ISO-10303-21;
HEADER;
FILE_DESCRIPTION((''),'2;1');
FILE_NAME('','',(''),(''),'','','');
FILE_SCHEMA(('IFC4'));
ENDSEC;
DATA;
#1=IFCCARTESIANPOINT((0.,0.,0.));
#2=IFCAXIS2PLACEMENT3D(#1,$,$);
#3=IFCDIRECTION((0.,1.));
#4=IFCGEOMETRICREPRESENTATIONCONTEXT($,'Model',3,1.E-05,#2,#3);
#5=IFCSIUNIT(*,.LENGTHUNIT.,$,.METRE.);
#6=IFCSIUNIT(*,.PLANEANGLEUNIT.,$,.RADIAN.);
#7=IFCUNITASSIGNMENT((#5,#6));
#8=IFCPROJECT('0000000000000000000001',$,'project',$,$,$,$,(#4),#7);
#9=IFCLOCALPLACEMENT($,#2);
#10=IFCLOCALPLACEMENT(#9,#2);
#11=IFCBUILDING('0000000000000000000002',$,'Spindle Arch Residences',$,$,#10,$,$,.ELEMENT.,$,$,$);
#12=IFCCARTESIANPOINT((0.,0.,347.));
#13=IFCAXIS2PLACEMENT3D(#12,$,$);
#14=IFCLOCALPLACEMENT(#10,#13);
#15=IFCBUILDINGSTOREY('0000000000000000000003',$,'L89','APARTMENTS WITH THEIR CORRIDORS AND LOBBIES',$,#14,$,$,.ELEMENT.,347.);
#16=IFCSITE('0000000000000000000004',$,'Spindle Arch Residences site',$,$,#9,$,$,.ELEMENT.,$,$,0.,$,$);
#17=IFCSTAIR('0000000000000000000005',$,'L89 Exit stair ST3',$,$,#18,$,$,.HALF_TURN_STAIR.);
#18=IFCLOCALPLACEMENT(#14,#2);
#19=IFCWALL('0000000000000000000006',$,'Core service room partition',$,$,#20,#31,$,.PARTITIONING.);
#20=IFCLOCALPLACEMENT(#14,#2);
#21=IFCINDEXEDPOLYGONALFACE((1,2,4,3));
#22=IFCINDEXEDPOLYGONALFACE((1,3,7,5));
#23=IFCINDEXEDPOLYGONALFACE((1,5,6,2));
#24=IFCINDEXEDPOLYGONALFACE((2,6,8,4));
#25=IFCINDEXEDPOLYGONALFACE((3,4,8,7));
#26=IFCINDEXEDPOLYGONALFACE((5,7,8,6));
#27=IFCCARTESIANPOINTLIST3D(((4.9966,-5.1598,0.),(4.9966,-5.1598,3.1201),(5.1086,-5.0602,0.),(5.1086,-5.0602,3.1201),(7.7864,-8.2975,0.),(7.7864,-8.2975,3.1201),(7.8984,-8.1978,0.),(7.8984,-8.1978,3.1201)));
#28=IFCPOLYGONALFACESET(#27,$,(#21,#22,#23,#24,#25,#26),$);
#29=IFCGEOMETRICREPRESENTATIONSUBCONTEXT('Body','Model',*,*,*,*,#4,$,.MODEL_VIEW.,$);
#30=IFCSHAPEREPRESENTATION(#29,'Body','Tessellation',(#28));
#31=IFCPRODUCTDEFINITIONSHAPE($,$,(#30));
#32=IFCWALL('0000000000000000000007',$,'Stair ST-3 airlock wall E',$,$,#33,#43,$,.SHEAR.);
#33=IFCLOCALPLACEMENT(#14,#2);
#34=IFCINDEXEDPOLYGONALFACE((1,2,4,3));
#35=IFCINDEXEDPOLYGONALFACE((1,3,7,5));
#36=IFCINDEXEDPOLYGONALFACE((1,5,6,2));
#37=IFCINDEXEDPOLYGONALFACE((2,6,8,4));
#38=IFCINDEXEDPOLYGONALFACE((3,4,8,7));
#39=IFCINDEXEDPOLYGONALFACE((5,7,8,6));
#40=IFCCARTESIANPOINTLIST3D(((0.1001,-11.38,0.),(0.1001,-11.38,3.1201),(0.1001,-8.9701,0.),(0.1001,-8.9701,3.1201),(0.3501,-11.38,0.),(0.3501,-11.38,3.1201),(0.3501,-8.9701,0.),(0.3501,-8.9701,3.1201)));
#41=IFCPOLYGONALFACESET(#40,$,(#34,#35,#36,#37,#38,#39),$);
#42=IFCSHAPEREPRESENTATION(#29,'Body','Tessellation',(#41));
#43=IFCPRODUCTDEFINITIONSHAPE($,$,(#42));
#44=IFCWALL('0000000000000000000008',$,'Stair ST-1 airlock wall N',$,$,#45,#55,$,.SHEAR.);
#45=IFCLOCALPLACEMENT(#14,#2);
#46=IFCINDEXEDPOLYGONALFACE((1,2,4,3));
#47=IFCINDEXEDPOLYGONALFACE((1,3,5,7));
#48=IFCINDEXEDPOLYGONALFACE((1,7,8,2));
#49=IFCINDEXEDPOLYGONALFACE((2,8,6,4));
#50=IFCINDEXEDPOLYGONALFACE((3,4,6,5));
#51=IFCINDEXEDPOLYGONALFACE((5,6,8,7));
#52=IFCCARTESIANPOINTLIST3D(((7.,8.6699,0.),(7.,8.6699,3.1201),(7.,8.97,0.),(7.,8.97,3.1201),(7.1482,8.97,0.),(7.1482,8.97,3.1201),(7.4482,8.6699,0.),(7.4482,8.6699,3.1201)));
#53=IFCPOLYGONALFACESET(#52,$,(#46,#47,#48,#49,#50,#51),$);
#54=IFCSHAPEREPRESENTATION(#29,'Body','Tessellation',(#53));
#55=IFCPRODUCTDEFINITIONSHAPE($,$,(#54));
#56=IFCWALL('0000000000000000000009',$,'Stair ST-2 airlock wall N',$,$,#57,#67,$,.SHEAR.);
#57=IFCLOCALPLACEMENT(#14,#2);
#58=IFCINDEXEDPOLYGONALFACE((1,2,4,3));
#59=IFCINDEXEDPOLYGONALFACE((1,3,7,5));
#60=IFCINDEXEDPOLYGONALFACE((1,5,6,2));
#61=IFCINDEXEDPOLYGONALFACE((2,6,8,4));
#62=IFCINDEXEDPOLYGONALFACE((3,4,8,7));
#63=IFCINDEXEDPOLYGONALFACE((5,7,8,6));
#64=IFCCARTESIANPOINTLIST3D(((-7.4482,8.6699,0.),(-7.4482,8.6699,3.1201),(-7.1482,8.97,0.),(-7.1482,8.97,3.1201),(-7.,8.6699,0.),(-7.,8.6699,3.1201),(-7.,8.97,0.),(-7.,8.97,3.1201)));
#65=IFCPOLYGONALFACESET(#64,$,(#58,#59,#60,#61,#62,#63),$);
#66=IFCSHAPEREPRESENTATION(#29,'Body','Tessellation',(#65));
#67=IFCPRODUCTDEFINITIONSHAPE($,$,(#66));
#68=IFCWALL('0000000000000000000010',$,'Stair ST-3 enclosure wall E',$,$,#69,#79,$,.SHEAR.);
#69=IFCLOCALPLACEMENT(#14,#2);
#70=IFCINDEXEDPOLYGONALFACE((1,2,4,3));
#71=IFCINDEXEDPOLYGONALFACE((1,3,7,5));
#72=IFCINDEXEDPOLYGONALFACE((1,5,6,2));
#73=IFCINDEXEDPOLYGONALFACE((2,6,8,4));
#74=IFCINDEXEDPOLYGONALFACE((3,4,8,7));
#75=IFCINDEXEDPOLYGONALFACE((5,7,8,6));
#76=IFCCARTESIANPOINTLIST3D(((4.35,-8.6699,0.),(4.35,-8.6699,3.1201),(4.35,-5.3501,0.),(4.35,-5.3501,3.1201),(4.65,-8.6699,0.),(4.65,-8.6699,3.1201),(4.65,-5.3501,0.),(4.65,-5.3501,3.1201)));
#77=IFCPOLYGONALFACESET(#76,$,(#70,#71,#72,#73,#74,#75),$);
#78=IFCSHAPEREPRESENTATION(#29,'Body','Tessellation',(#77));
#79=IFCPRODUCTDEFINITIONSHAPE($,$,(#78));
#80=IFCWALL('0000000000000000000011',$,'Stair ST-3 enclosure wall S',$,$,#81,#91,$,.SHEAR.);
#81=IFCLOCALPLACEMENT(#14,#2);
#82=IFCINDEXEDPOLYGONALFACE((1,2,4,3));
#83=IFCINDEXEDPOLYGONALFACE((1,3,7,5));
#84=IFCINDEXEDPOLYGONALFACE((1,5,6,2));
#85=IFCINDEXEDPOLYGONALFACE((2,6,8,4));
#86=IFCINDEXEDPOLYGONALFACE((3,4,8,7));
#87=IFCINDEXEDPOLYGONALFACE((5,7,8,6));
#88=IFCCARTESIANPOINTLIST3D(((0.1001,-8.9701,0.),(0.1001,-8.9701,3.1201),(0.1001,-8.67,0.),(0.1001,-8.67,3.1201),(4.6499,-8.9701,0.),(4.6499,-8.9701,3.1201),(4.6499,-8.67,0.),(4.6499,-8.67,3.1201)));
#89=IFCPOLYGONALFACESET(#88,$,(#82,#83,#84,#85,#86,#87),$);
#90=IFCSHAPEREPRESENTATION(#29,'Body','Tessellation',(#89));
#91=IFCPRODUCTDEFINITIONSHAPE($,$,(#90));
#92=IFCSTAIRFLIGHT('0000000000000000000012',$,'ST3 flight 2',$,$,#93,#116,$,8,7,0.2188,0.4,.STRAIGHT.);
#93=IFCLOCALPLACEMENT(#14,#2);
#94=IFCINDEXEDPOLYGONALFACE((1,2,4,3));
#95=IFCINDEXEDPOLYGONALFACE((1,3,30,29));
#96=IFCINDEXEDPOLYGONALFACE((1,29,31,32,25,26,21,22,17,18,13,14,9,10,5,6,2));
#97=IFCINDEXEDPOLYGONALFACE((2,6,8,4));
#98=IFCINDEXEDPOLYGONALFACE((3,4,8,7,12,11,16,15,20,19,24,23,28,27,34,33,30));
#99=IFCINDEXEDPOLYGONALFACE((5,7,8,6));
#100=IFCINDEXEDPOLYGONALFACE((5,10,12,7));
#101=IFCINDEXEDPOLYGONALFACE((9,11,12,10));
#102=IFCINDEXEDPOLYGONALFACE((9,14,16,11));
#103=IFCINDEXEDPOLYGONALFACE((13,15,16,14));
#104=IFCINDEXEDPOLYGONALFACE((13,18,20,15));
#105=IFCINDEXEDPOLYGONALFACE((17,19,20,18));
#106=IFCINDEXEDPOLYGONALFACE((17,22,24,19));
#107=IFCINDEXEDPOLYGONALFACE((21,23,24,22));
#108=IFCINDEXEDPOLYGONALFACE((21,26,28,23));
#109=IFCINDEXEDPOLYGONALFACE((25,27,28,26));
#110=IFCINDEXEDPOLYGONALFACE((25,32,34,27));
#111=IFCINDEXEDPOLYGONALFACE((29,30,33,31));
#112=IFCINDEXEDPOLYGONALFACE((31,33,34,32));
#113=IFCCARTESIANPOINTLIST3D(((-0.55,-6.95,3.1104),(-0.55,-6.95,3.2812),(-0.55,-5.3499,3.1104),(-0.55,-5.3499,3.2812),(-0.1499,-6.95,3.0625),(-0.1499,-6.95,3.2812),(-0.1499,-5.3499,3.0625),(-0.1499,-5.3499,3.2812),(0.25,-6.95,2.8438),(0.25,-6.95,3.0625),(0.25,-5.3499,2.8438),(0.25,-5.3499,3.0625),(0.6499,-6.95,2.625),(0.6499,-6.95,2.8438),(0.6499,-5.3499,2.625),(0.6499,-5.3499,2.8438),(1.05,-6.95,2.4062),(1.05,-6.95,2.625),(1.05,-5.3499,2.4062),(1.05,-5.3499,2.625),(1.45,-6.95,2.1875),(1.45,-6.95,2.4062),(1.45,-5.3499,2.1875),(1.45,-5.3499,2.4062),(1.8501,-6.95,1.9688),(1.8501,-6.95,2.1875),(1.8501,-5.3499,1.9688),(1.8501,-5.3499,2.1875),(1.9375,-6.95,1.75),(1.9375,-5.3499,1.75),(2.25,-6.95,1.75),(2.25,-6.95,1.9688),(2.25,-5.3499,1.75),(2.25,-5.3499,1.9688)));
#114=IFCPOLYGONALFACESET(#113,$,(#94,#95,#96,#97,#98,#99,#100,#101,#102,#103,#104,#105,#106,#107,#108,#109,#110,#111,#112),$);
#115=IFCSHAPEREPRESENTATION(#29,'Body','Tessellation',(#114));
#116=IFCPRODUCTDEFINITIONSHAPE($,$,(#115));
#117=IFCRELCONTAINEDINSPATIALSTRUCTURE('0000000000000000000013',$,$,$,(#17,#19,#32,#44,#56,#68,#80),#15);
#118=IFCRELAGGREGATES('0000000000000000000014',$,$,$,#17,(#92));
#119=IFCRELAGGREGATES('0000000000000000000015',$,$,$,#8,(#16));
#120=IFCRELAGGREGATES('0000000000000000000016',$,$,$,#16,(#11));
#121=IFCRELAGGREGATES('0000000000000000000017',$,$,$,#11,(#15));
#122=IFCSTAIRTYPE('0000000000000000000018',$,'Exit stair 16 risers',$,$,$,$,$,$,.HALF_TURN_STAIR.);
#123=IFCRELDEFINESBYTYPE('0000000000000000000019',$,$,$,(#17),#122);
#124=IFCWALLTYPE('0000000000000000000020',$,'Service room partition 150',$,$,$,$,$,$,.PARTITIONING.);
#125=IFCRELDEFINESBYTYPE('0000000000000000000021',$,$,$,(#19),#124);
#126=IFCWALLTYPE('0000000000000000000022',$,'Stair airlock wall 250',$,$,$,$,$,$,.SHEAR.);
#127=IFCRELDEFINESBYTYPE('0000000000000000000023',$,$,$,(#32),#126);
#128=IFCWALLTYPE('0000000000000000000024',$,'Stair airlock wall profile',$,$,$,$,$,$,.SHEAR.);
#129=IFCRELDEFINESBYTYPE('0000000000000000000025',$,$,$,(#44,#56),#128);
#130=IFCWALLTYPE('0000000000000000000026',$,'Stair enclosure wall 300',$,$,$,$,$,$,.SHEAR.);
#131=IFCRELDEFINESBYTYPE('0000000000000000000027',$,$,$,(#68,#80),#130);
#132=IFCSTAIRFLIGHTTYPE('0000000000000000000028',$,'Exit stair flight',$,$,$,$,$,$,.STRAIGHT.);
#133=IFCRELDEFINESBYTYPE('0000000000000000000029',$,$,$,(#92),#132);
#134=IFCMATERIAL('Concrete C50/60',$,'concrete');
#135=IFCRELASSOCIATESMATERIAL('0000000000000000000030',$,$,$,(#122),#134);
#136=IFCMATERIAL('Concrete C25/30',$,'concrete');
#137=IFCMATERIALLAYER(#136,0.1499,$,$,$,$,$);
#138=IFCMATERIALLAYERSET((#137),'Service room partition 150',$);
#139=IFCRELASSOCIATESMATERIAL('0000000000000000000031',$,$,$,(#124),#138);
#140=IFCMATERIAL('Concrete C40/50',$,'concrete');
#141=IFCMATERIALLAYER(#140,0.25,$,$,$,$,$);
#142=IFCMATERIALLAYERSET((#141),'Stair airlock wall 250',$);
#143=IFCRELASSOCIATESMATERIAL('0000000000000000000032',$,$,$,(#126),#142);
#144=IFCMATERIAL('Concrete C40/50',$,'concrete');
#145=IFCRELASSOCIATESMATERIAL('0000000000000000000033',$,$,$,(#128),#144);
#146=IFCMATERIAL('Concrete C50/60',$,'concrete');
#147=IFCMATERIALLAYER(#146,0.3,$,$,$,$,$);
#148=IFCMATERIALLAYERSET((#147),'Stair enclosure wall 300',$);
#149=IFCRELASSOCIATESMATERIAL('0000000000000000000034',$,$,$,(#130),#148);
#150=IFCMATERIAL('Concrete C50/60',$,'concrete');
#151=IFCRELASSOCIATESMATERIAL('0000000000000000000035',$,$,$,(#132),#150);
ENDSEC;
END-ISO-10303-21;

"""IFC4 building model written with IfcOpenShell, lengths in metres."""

from ifc_helpers import new_model, si_unit, direction, frame, frame_2d, origin, place, context, subcontext, project, spatial, polyline, rectangle, outline, extrude, material, layer, layer_set, type_object, element, aggregate, save


model = new_model("IFC4")

# Units and contexts
model_context = context("Model", 3, precision=1e-05, world=origin(), true_north=direction((0.0, 1.0)))
body_context = subcontext(model_context, "Body", "Model", "MODEL_VIEW")
ifc_project = project(units=[si_unit("LENGTHUNIT", "METRE"), si_unit("PLANEANGLEUNIT", "RADIAN")], contexts=[model_context])

# Site, building, storey
site_placement = place(None, origin())
site = spatial("IfcSite", under=ifc_project, at=site_placement, Name="Spindle Arch Residences site", CompositionType="ELEMENT", RefElevation=0.0)
building_placement = place(site_placement, origin())
building = spatial("IfcBuilding", under=site, at=building_placement, Name="Spindle Arch Residences", CompositionType="ELEMENT")
storey_placement = place(building_placement, frame((0.0, 0.0, 347.0)))
storey = spatial("IfcBuildingStorey", under=building, at=storey_placement, Name="L89", Description="APARTMENTS WITH THEIR CORRIDORS AND LOBBIES", CompositionType="ELEMENT", Elevation=347.0)

# Stair
ifc_material_1 = material(Name="Concrete C50/60", Category="concrete")
stair_type = type_object("IfcStairType", Name="Exit stair 16 risers", PredefinedType="HALF_TURN_STAIR", material=ifc_material_1)
stair_1_placement = place(storey_placement, origin())
stair_1 = element("IfcStair", 1, at=stair_1_placement, inside=storey, type_object=stair_type, Name="L89 Exit stair ST3", PredefinedType="HALF_TURN_STAIR")

# Walls
ifc_material_2 = material(Name="Concrete C25/30", Category="concrete")
ifc_layer_1 = layer(ifc_material_2, 0.1499)
ifc_layer_set_1 = layer_set([ifc_layer_1], Name="Service room partition 150")
wall_type_1 = type_object("IfcWallType", Name="Service room partition 150", PredefinedType="PARTITIONING", material=ifc_layer_set_1)
wall_1_placement = place(storey_placement, frame((7.8423, -8.2476, 0.0), z_axis=(0.0, 0.0, 1.0), x_axis=(-0.664461, 0.747323, 0.0)))
element("IfcWall", 2, at=wall_1_placement, inside=storey, type_object=wall_type_1, Name="Core service room partition", PredefinedType="PARTITIONING", context=body_context, shape_type="SweptSolid", body=[
    extrude(rectangle(XDim=4.1985, YDim=0.1499, at=frame_2d((2.0991, 0.0))), origin(), (0.0, 0.0, 1.0), 3.1201),
])
ifc_material_3 = material(Name="Concrete C40/50", Category="concrete")
ifc_layer_2 = layer(ifc_material_3, 0.25)
ifc_layer_set_2 = layer_set([ifc_layer_2], Name="Stair airlock wall 250")
wall_type_2 = type_object("IfcWallType", Name="Stair airlock wall 250", PredefinedType="SHEAR", material=ifc_layer_set_2)
wall_2_placement = place(storey_placement, frame((0.2251, -8.97, 0.0), z_axis=(0.0, 0.0, 1.0), x_axis=(0.0, -1.0, 0.0)))
element("IfcWall", 3, at=wall_2_placement, inside=storey, type_object=wall_type_2, Name="Stair ST-3 airlock wall E", PredefinedType="SHEAR", context=body_context, shape_type="SweptSolid", body=[
    extrude(rectangle(XDim=2.4099, YDim=0.25, at=frame_2d((1.2051, 0.0))), origin(), (0.0, 0.0, 1.0), 3.1201),
])
ifc_material_4 = material(Name="Concrete C40/50", Category="concrete")
wall_type_3 = type_object("IfcWallType", Name="Stair airlock wall profile", PredefinedType="SHEAR", material=ifc_material_4)
wall_3_placement = place(storey_placement, origin())
element("IfcWall", 4, at=wall_3_placement, inside=storey, type_object=wall_type_3, Name="Stair ST-1 airlock wall N", PredefinedType="SHEAR", context=body_context, shape_type="SweptSolid", body=[
    extrude(outline(polyline([(7.4482, 8.6699), (7.0, 8.6699), (7.0, 8.97), (7.1482, 8.97), (7.4482, 8.6699)])), origin(), (0.0, 0.0, 1.0), 3.1201),
])
wall_4_placement = place(storey_placement, origin())
element("IfcWall", 5, at=wall_4_placement, inside=storey, type_object=wall_type_3, Name="Stair ST-2 airlock wall N", PredefinedType="SHEAR", context=body_context, shape_type="SweptSolid", body=[
    extrude(outline(polyline([(-7.1482, 8.97), (-7.0, 8.97), (-7.0, 8.6699), (-7.4482, 8.6699), (-7.1482, 8.97)])), origin(), (0.0, 0.0, 1.0), 3.1201),
])
ifc_material_5 = material(Name="Concrete C50/60", Category="concrete")
ifc_layer_3 = layer(ifc_material_5, 0.3)
ifc_layer_set_3 = layer_set([ifc_layer_3], Name="Stair enclosure wall 300")
wall_type_4 = type_object("IfcWallType", Name="Stair enclosure wall 300", PredefinedType="SHEAR", material=ifc_layer_set_3)
wall_5_placement = place(storey_placement, frame((4.5, -8.6699, 0.0), z_axis=(0.0, 0.0, 1.0), x_axis=(0.0, 1.0, 0.0)))
element("IfcWall", 6, at=wall_5_placement, inside=storey, type_object=wall_type_4, Name="Stair ST-3 enclosure wall E", PredefinedType="SHEAR", context=body_context, shape_type="SweptSolid", body=[
    extrude(rectangle(XDim=3.3198, YDim=0.3, at=frame_2d((1.6599, 0.0))), origin(), (0.0, 0.0, 1.0), 3.1201),
])
wall_6_placement = place(storey_placement, frame((0.1001, -8.8201, 0.0), z_axis=(0.0, 0.0, 1.0), x_axis=(1.0, 0.0, 0.0)))
element("IfcWall", 7, at=wall_6_placement, inside=storey, type_object=wall_type_4, Name="Stair ST-3 enclosure wall S", PredefinedType="SHEAR", context=body_context, shape_type="SweptSolid", body=[
    extrude(rectangle(XDim=4.5498, YDim=0.3, at=frame_2d((2.2749, 0.0))), origin(), (0.0, 0.0, 1.0), 3.1201),
])

# Stair flight
ifc_material_6 = material(Name="Concrete C50/60", Category="concrete")
stair_flight_type = type_object("IfcStairFlightType", Name="Exit stair flight", PredefinedType="STRAIGHT", material=ifc_material_6)
stair_flight_placement = place(storey_placement, frame((2.25, -6.1499, 1.75), z_axis=(0.0, 0.0, 1.0), x_axis=(-1.0, 0.0, 0.0)))
stair_flight = element("IfcStairFlight", 8, at=stair_flight_placement, type_object=stair_flight_type, Name="ST3 flight 2", NumberOfRisers=8, NumberOfTreads=7, PredefinedType="STRAIGHT", RiserHeight=0.2188, TreadLength=0.4, context=body_context, shape_type="SweptSolid", body=[
    extrude(outline(polyline([(0.0, 0.0), (0.0, 0.2188), (0.3999, 0.2188), (0.3999, 0.4375), (0.8, 0.4375), (0.8, 0.6562), (1.2, 0.6562), (1.2, 0.875), (1.6001, 0.875), (1.6001, 1.0938), (2.0, 1.0938), (2.0, 1.3125), (2.3999, 1.3125), (2.3999, 1.5312), (2.8, 1.5312), (2.8, 1.75), (2.8, 1.3604), (0.3125, 0.0), (0.0, 0.0)])), frame((0.0, 0.8, 0.0), z_axis=(0.0, -1.0, 0.0), x_axis=(1.0, 0.0, 0.0)), (0.0, 0.0, 1.0), 1.6001),
])
aggregate(stair_1, [stair_flight])

save(model, "model.ifc")
